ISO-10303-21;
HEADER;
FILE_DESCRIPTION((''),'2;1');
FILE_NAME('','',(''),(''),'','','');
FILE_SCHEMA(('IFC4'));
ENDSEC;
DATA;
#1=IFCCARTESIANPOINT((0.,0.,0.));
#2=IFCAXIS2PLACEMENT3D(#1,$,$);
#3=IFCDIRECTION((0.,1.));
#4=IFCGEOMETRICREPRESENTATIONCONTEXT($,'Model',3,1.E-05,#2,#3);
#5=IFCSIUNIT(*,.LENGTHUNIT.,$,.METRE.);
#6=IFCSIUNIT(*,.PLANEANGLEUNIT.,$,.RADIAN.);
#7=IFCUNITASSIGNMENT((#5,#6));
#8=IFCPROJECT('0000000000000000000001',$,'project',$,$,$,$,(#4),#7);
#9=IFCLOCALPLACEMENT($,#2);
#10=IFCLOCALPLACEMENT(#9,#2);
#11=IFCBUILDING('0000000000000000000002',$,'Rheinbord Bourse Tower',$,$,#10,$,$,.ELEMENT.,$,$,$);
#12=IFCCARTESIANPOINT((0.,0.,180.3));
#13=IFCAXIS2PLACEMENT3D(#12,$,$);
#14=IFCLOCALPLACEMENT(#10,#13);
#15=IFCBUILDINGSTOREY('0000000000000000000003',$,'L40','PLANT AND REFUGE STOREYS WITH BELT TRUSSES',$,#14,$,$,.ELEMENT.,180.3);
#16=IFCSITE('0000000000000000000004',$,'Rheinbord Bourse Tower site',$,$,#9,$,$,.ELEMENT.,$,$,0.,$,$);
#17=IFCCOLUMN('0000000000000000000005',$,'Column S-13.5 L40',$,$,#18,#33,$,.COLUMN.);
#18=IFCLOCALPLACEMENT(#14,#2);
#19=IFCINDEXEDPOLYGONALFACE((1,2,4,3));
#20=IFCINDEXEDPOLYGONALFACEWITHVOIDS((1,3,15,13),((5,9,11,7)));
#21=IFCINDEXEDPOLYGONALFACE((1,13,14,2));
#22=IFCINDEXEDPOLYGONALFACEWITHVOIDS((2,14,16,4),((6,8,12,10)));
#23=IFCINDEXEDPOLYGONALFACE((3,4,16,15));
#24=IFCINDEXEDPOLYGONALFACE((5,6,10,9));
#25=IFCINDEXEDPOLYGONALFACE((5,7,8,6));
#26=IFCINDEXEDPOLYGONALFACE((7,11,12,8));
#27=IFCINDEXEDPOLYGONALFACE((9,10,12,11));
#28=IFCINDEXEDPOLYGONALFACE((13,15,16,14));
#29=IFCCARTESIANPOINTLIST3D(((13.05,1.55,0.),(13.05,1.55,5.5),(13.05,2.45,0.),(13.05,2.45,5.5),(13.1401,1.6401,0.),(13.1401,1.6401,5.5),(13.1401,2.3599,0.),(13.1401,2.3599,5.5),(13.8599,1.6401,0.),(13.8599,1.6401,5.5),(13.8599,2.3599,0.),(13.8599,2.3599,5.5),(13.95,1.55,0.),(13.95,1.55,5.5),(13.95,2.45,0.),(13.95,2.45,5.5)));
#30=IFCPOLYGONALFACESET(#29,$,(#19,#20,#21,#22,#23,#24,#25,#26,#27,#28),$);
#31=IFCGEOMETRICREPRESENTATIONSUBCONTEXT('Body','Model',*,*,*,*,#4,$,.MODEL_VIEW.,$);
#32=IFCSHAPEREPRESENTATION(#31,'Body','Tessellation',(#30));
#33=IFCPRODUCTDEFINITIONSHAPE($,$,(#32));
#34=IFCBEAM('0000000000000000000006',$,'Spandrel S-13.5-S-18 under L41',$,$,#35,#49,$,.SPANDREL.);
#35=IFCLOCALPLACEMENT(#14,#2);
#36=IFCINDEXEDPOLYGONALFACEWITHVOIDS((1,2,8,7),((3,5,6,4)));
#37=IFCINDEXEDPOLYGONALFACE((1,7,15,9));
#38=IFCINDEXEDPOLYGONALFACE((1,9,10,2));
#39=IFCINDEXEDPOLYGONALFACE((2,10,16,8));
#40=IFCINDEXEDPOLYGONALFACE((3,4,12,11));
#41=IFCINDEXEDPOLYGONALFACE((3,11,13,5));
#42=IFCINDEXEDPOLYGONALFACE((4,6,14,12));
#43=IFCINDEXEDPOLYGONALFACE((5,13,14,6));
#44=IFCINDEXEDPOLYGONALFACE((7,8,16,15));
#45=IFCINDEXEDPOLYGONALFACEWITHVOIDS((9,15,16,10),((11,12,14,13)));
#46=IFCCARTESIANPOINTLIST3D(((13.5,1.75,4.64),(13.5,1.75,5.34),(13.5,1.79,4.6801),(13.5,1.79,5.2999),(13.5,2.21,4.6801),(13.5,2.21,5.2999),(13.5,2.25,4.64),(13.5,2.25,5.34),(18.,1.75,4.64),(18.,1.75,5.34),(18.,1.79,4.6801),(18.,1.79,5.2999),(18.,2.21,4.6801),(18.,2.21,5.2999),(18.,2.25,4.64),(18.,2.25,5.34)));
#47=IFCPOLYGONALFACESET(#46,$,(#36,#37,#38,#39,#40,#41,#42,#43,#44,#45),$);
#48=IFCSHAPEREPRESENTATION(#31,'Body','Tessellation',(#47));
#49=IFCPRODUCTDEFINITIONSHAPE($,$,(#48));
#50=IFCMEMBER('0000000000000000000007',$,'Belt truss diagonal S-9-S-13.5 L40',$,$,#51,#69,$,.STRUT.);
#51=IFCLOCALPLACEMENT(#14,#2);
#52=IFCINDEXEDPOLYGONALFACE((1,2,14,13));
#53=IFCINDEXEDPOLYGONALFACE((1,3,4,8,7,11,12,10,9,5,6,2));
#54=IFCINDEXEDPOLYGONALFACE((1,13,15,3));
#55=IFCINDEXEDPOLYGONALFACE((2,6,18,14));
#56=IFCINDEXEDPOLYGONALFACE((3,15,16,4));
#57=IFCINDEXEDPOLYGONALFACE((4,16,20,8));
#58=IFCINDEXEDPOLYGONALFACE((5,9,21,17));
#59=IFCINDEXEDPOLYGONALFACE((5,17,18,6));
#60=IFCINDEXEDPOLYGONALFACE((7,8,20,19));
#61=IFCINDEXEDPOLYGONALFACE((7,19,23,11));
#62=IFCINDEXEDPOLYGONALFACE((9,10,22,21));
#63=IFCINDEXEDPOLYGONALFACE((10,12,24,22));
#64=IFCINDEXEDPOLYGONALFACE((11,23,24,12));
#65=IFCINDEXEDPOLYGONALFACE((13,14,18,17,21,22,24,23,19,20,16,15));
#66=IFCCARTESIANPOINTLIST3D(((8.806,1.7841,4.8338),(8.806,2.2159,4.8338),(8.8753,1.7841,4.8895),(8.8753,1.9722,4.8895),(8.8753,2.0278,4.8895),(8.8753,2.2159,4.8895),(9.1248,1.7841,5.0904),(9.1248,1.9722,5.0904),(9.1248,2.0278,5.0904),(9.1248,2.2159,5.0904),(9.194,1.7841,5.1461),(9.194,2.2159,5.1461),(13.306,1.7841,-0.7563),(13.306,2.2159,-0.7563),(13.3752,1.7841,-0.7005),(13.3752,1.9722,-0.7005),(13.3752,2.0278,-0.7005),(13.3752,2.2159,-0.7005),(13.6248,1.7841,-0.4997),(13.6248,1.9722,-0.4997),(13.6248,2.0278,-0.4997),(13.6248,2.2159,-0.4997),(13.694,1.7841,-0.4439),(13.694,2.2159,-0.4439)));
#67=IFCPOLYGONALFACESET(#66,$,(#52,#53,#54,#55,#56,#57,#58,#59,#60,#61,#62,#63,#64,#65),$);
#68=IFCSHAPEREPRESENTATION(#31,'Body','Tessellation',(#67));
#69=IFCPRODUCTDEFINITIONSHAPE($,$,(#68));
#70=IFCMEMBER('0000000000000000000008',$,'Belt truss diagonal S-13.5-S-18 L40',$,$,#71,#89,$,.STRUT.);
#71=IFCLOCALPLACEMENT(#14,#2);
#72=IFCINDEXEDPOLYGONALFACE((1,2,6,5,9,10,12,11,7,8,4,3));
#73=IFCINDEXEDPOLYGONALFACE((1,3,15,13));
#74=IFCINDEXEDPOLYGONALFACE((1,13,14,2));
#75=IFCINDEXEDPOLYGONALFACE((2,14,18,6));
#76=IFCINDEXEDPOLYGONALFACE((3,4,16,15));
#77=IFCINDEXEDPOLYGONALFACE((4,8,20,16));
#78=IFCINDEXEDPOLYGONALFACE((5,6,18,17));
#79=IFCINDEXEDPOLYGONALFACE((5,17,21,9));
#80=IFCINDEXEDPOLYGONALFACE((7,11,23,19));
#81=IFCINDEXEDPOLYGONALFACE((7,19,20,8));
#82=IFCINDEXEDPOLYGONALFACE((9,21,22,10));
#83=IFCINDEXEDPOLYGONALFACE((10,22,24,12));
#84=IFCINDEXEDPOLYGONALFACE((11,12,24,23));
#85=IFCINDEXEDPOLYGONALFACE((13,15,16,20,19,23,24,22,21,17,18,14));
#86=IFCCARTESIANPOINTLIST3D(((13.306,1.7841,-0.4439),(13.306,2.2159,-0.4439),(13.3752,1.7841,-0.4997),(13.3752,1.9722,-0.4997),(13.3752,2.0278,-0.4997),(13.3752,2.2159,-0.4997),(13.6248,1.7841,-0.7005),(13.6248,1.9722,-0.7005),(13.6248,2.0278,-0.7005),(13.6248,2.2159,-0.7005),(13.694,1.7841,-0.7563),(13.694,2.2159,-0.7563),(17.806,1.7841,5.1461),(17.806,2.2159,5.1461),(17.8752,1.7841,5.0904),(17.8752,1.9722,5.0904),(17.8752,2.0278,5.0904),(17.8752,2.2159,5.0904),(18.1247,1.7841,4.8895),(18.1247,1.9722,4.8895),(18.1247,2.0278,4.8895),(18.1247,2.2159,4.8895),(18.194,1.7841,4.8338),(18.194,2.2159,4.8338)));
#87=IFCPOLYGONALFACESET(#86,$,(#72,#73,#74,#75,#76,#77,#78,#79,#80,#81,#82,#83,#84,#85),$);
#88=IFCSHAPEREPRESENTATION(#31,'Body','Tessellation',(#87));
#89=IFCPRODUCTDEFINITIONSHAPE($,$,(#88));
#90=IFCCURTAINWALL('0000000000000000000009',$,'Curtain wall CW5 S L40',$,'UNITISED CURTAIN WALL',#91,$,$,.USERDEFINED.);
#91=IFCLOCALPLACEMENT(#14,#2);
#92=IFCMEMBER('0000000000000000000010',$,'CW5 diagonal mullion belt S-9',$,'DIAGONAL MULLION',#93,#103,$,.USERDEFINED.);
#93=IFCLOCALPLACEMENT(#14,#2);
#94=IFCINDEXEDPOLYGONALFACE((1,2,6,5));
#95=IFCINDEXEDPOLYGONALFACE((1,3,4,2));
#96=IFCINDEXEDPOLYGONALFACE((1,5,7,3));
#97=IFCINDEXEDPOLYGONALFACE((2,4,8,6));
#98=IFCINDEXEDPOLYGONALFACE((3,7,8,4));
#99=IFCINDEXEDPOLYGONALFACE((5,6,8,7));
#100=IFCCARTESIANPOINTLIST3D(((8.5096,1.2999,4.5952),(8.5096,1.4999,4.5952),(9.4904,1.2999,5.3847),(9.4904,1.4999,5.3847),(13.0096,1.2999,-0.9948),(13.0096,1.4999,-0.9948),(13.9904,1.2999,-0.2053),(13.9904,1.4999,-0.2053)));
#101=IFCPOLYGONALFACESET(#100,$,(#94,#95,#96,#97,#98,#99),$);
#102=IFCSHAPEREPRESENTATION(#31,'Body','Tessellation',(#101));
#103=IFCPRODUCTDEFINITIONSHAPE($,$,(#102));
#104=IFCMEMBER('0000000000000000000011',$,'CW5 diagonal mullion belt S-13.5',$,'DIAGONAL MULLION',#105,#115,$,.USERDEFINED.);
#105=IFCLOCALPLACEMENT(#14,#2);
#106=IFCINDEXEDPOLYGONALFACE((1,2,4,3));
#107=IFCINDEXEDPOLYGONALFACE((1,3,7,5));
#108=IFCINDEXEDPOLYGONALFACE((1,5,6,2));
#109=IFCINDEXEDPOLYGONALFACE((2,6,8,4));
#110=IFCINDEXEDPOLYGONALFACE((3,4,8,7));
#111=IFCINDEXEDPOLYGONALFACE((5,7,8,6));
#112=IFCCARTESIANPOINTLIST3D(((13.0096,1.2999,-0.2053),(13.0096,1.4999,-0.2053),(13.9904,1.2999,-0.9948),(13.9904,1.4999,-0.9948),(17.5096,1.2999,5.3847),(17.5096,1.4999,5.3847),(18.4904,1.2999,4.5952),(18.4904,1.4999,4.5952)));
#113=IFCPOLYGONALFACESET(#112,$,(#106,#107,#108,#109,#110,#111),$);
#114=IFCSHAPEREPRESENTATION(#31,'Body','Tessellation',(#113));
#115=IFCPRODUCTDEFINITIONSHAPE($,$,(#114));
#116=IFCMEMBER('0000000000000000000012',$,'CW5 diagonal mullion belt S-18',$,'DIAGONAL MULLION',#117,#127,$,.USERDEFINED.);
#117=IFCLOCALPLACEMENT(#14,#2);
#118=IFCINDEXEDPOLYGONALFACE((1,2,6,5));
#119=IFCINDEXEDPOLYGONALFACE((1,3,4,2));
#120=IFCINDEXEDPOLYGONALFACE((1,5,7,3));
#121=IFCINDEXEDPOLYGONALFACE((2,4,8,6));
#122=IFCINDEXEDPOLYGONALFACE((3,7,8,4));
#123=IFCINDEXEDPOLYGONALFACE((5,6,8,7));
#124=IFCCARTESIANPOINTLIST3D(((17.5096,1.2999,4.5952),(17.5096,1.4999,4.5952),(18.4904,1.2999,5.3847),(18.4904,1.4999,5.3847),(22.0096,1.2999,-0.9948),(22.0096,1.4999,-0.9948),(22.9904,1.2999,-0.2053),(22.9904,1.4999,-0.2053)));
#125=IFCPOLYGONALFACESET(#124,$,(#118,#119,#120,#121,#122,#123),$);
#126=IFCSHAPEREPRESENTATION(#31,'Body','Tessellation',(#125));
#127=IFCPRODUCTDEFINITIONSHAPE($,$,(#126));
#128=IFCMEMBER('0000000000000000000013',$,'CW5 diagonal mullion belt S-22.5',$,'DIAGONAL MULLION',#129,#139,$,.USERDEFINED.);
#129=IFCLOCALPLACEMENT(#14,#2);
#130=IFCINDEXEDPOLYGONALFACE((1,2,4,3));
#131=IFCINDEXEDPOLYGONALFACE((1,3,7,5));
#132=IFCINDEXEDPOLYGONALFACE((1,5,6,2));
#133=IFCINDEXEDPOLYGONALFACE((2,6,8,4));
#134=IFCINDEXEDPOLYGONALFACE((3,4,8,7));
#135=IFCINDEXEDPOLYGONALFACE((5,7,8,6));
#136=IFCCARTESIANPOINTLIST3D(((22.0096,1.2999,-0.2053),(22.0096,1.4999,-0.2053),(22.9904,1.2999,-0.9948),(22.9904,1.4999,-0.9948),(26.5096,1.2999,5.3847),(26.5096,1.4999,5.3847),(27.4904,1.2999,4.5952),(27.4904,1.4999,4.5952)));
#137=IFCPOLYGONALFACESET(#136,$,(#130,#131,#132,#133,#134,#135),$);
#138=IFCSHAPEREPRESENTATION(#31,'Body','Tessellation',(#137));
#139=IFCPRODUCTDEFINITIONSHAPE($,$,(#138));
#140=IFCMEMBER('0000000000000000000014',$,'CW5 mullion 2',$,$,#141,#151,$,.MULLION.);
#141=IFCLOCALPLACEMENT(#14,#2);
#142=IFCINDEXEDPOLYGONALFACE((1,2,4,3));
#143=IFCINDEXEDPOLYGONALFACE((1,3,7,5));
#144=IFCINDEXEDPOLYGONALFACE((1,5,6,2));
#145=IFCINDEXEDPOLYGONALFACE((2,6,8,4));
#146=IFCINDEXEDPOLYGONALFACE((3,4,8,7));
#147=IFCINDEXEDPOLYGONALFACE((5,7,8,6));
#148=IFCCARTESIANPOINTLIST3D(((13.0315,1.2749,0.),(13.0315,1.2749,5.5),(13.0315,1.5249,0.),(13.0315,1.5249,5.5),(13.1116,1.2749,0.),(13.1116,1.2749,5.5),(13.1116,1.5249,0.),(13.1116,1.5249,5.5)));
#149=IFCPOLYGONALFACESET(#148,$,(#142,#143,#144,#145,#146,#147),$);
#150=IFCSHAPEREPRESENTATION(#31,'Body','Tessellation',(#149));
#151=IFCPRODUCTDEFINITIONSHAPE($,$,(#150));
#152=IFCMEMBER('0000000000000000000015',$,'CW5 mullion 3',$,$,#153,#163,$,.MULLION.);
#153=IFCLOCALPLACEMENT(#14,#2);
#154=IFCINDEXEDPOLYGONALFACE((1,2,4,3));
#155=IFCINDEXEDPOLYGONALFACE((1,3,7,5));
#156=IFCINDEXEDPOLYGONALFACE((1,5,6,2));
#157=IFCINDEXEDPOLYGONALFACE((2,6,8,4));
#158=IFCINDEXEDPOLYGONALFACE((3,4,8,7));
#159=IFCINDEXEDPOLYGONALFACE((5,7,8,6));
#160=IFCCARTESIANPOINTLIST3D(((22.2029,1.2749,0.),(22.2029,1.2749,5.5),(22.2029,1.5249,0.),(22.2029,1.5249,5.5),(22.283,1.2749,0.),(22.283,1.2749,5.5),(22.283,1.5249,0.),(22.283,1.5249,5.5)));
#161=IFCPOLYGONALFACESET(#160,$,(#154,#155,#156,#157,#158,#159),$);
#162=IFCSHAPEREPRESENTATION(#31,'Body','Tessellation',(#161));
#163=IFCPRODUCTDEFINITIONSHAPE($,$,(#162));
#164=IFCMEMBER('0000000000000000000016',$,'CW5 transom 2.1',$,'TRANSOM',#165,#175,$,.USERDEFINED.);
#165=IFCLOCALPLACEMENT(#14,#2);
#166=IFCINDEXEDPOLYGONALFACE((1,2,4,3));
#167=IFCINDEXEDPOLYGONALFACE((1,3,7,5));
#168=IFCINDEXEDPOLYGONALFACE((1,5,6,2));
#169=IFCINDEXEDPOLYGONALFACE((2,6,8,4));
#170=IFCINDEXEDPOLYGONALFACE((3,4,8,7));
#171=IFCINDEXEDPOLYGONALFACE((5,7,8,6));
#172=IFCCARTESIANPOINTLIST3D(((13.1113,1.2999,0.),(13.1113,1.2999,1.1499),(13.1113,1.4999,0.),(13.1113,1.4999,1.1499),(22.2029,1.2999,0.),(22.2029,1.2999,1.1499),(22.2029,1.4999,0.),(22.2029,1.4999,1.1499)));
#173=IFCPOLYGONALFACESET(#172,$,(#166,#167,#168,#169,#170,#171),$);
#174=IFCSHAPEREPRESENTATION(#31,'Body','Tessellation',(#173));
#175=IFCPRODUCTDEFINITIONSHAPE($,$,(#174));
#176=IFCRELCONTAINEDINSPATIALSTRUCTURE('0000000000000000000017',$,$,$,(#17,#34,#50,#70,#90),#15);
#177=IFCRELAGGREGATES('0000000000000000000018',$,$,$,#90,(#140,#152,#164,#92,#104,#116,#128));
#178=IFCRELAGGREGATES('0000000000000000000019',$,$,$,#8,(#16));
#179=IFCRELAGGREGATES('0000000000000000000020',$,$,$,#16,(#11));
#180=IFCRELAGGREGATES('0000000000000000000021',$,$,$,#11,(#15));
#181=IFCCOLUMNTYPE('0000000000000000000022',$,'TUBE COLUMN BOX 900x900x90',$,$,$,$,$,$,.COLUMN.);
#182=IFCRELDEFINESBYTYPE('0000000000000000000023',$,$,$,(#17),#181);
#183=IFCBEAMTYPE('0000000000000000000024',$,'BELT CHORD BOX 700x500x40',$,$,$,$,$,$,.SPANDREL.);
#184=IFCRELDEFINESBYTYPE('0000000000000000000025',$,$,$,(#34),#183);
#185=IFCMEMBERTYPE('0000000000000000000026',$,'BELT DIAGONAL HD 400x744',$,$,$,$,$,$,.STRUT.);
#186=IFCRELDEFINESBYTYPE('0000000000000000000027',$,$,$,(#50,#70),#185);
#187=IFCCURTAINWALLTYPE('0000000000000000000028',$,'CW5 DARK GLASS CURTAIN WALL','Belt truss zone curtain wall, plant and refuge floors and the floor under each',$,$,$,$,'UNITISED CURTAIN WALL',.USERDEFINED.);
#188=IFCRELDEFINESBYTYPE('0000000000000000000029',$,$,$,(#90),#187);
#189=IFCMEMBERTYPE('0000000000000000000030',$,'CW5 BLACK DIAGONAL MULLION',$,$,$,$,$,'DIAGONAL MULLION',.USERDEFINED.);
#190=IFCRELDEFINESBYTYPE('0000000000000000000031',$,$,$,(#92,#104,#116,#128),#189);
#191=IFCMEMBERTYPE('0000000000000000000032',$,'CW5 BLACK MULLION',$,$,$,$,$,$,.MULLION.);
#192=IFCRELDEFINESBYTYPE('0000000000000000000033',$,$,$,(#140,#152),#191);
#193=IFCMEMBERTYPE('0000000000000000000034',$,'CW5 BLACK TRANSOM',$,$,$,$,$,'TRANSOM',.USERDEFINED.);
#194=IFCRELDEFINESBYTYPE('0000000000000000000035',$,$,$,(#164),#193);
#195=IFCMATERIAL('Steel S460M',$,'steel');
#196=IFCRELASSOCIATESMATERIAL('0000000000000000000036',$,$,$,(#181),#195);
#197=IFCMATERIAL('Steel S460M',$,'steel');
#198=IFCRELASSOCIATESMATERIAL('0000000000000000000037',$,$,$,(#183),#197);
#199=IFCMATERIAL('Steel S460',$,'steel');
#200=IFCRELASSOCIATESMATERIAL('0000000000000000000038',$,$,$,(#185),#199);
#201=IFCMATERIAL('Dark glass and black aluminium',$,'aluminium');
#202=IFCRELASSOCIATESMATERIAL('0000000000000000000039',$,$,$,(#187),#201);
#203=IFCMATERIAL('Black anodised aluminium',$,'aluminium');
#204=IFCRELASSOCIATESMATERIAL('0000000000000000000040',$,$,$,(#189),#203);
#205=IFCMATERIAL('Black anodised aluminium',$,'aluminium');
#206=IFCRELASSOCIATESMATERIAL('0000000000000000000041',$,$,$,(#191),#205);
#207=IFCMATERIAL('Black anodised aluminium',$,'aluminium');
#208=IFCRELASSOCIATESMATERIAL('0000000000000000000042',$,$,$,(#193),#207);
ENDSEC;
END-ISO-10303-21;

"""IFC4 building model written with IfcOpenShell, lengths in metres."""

from ifc_helpers import new_model, si_unit, direction, frame, origin, origin_2d, place, context, subcontext, project, spatial, rectangle, hollow_rectangle, i_section, extrude, material, material_profile, profile_set, type_object, element, aggregate, save


model = new_model("IFC4")

# Units and contexts
model_context = context("Model", 3, precision=1e-05, world=origin(), true_north=direction((0.0, 1.0)))
body_context = subcontext(model_context, "Body", "Model", "MODEL_VIEW")
ifc_project = project(units=[si_unit("LENGTHUNIT", "METRE"), si_unit("PLANEANGLEUNIT", "RADIAN")], contexts=[model_context])

# Site, building, storey
site_placement = place(None, origin())
site = spatial("IfcSite", under=ifc_project, at=site_placement, Name="Rheinbord Bourse Tower site", CompositionType="ELEMENT", RefElevation=0.0)
building_placement = place(site_placement, origin())
building = spatial("IfcBuilding", under=site, at=building_placement, Name="Rheinbord Bourse Tower", CompositionType="ELEMENT")
storey_placement = place(building_placement, frame((0.0, 0.0, 180.3)))
storey = spatial("IfcBuildingStorey", under=building, at=storey_placement, Name="L40", Description="PLANT AND REFUGE STOREYS WITH BELT TRUSSES", CompositionType="ELEMENT", Elevation=180.3)

# Column
ifc_material_1 = material(Name="Steel S460M", Category="steel")
ifc_material_profile_1 = material_profile(ifc_material_1, hollow_rectangle(XDim=0.8999, YDim=0.8999, WallThickness=0.0901, at=origin_2d()), Name="BOX 900x900x90")
ifc_profile_set_1 = profile_set([ifc_material_profile_1], Name="Steel S460M")
column_type = type_object("IfcColumnType", Name="TUBE COLUMN BOX 900x900x90", PredefinedType="COLUMN", material=ifc_profile_set_1)
column_placement = place(storey_placement, frame((13.5, 2.0, 0.0), z_axis=(0.0, 0.0, 1.0), x_axis=(0.0, 1.0, 0.0)))
element("IfcColumn", 1, at=column_placement, inside=storey, type_object=column_type, Name="Column S-13.5 L40", PredefinedType="COLUMN", context=body_context, shape_type="SweptSolid", body=[
    extrude(hollow_rectangle(XDim=0.8999, YDim=0.8999, WallThickness=0.0901, at=origin_2d()), origin(), (0.0, 0.0, 1.0), 5.5),
])

# Beam
ifc_material_2 = material(Name="Steel S460M", Category="steel")
ifc_material_profile_2 = material_profile(ifc_material_2, hollow_rectangle(XDim=0.5, YDim=0.7, WallThickness=0.04, at=origin_2d()), Name="BOX 700x500x40")
ifc_profile_set_2 = profile_set([ifc_material_profile_2], Name="Steel S460M")
beam_type_1 = type_object("IfcBeamType", Name="BELT CHORD BOX 700x500x40", PredefinedType="SPANDREL", material=ifc_profile_set_2)
beam_placement = place(storey_placement, frame((13.5, 2.0, 4.99), z_axis=(1.0, 0.0, 0.0), x_axis=(0.0, 1.0, 0.0)))
element("IfcBeam", 2, at=beam_placement, inside=storey, type_object=beam_type_1, Name="Spandrel S-13.5-S-18 under L41", PredefinedType="SPANDREL", context=body_context, shape_type="SweptSolid", body=[
    extrude(hollow_rectangle(XDim=0.5, YDim=0.7, WallThickness=0.04, at=origin_2d()), origin(), (0.0, 0.0, 1.0), 4.5),
])

# Members
ifc_material_3 = material(Name="Steel S460", Category="steel")
ifc_material_profile_3 = material_profile(ifc_material_3, i_section(OverallWidth=0.4319, OverallDepth=0.498, WebThickness=0.0557, FlangeThickness=0.0889, at=origin_2d()), Name="HD 400x744")
ifc_profile_set_3 = profile_set([ifc_material_profile_3], Name="Steel S460")
member_type_1 = type_object("IfcMemberType", Name="BELT DIAGONAL HD 400x744", PredefinedType="STRUT", material=ifc_profile_set_3)
for number, where, z_axis, x_axis, name in (
    (3, (13.5, 2.0, -0.6001), (-0.627065, 0.0, 0.778967), (0.0, -1.0, 0.0), "Belt truss diagonal S-9-S-13.5 L40"),
    (4, (13.5, 2.0, -0.6001), (0.627065, 0.0, 0.778967), (0.0, 1.0, 0.0), "Belt truss diagonal S-13.5-S-18 L40"),
):
    element("IfcMember", number, at=place(storey_placement, frame(where, z_axis=z_axis, x_axis=x_axis)), inside=storey, type_object=member_type_1, Name=name, PredefinedType="STRUT", context=body_context, shape_type="SweptSolid", body=[
        extrude(i_section(OverallWidth=0.4319, OverallDepth=0.498, WebThickness=0.0557, FlangeThickness=0.0889, at=origin_2d()), origin(), (0.0, 0.0, 1.0), 7.1763),
    ])

# Curtain wall, members
ifc_material_4 = material(Name="Dark glass and black aluminium", Category="aluminium")
curtain_wall_type = type_object("IfcCurtainWallType", Name="CW5 DARK GLASS CURTAIN WALL", Description="Belt truss zone curtain wall, plant and refuge floors and the floor under each", ElementType="UNITISED CURTAIN WALL", PredefinedType="USERDEFINED", material=ifc_material_4)
curtain_wall_placement = place(storey_placement, origin())
curtain_wall = element("IfcCurtainWall", 5, at=curtain_wall_placement, inside=storey, type_object=curtain_wall_type, Name="Curtain wall CW5 S L40", ObjectType="UNITISED CURTAIN WALL", PredefinedType="USERDEFINED")
ifc_material_5 = material(Name="Black anodised aluminium", Category="aluminium")
ifc_material_profile_4 = material_profile(ifc_material_5, rectangle(XDim=0.2, YDim=1.259, at=origin_2d()), Name="CW5 DIAGONAL MULLION 1259x200")
ifc_profile_set_4 = profile_set([ifc_material_profile_4], Name="Black anodised aluminium")
member_type_2 = type_object("IfcMemberType", Name="CW5 BLACK DIAGONAL MULLION", ElementType="DIAGONAL MULLION", PredefinedType="USERDEFINED", material=ifc_profile_set_4)
member_1_placement = place(storey_placement, frame((13.5, 1.3999, -0.6001), z_axis=(-0.627065, 0.0, 0.778967), x_axis=(0.0, -1.0, 0.0)))
member_1 = element("IfcMember", 6, at=member_1_placement, type_object=member_type_2, Name="CW5 diagonal mullion belt S-9", ObjectType="DIAGONAL MULLION", PredefinedType="USERDEFINED", context=body_context, shape_type="SweptSolid", body=[
    extrude(rectangle(XDim=0.2, YDim=1.259, at=origin_2d()), origin(), (0.0, 0.0, 1.0), 7.1763),
])
member_2_placement = place(storey_placement, frame((13.5, 1.3999, -0.6001), z_axis=(0.627065, 0.0, 0.778967), x_axis=(0.0, 1.0, 0.0)))
member_2 = element("IfcMember", 7, at=member_2_placement, type_object=member_type_2, Name="CW5 diagonal mullion belt S-13.5", ObjectType="DIAGONAL MULLION", PredefinedType="USERDEFINED", context=body_context, shape_type="SweptSolid", body=[
    extrude(rectangle(XDim=0.2, YDim=1.259, at=origin_2d()), origin(), (0.0, 0.0, 1.0), 7.1763),
])
member_3_placement = place(storey_placement, frame((22.5, 1.3999, -0.6001), z_axis=(-0.627065, 0.0, 0.778967), x_axis=(0.0, -1.0, 0.0)))
member_3 = element("IfcMember", 8, at=member_3_placement, type_object=member_type_2, Name="CW5 diagonal mullion belt S-18", ObjectType="DIAGONAL MULLION", PredefinedType="USERDEFINED", context=body_context, shape_type="SweptSolid", body=[
    extrude(rectangle(XDim=0.2, YDim=1.259, at=origin_2d()), origin(), (0.0, 0.0, 1.0), 7.1763),
])
member_4_placement = place(storey_placement, frame((22.5, 1.3999, -0.6001), z_axis=(0.627065, 0.0, 0.778967), x_axis=(0.0, 1.0, 0.0)))
member_4 = element("IfcMember", 9, at=member_4_placement, type_object=member_type_2, Name="CW5 diagonal mullion belt S-22.5", ObjectType="DIAGONAL MULLION", PredefinedType="USERDEFINED", context=body_context, shape_type="SweptSolid", body=[
    extrude(rectangle(XDim=0.2, YDim=1.259, at=origin_2d()), origin(), (0.0, 0.0, 1.0), 7.1763),
])
ifc_material_6 = material(Name="Black anodised aluminium", Category="aluminium")
ifc_material_profile_5 = material_profile(ifc_material_6, rectangle(XDim=0.25, YDim=0.0801, at=origin_2d()), Name="CW5 MULLION 80x250")
ifc_profile_set_5 = profile_set([ifc_material_profile_5], Name="Black anodised aluminium")
member_type_3 = type_object("IfcMemberType", Name="CW5 BLACK MULLION", PredefinedType="MULLION", material=ifc_profile_set_5)
member_5_placement = place(storey_placement, frame((13.0715, 1.3999, 0.0), z_axis=(0.0, 0.0, 1.0), x_axis=(0.0, 1.0, 0.0)))
member_5 = element("IfcMember", 10, at=member_5_placement, type_object=member_type_3, Name="CW5 mullion 2", PredefinedType="MULLION", context=body_context, shape_type="SweptSolid", body=[
    extrude(rectangle(XDim=0.25, YDim=0.0801, at=origin_2d()), origin(), (0.0, 0.0, 1.0), 5.5),
])
member_6_placement = place(storey_placement, frame((22.2429, 1.3999, 0.0), z_axis=(0.0, 0.0, 1.0), x_axis=(0.0, 1.0, 0.0)))
member_6 = element("IfcMember", 11, at=member_6_placement, type_object=member_type_3, Name="CW5 mullion 3", PredefinedType="MULLION", context=body_context, shape_type="SweptSolid", body=[
    extrude(rectangle(XDim=0.25, YDim=0.0801, at=origin_2d()), origin(), (0.0, 0.0, 1.0), 5.5),
])
ifc_material_7 = material(Name="Black anodised aluminium", Category="aluminium")
ifc_material_profile_6 = material_profile(ifc_material_7, rectangle(XDim=0.2, YDim=1.1499, at=origin_2d()), Name="CW5 TRANSOM 1150x200")
ifc_profile_set_6 = profile_set([ifc_material_profile_6], Name="Black anodised aluminium")
member_type_4 = type_object("IfcMemberType", Name="CW5 BLACK TRANSOM", ElementType="TRANSOM", PredefinedType="USERDEFINED", material=ifc_profile_set_6)
member_7_placement = place(storey_placement, frame((13.1113, 1.3999, 0.575), z_axis=(1.0, 0.0, 0.0), x_axis=(0.0, 1.0, 0.0)))
member_7 = element("IfcMember", 12, at=member_7_placement, type_object=member_type_4, Name="CW5 transom 2.1", ObjectType="TRANSOM", PredefinedType="USERDEFINED", context=body_context, shape_type="SweptSolid", body=[
    extrude(rectangle(XDim=0.2, YDim=1.1499, at=origin_2d()), origin(), (0.0, 0.0, 1.0), 9.0916),
])

aggregate(curtain_wall, [member_5, member_6, member_7, member_1, member_2, member_3, member_4])

save(model, "model.ifc")
